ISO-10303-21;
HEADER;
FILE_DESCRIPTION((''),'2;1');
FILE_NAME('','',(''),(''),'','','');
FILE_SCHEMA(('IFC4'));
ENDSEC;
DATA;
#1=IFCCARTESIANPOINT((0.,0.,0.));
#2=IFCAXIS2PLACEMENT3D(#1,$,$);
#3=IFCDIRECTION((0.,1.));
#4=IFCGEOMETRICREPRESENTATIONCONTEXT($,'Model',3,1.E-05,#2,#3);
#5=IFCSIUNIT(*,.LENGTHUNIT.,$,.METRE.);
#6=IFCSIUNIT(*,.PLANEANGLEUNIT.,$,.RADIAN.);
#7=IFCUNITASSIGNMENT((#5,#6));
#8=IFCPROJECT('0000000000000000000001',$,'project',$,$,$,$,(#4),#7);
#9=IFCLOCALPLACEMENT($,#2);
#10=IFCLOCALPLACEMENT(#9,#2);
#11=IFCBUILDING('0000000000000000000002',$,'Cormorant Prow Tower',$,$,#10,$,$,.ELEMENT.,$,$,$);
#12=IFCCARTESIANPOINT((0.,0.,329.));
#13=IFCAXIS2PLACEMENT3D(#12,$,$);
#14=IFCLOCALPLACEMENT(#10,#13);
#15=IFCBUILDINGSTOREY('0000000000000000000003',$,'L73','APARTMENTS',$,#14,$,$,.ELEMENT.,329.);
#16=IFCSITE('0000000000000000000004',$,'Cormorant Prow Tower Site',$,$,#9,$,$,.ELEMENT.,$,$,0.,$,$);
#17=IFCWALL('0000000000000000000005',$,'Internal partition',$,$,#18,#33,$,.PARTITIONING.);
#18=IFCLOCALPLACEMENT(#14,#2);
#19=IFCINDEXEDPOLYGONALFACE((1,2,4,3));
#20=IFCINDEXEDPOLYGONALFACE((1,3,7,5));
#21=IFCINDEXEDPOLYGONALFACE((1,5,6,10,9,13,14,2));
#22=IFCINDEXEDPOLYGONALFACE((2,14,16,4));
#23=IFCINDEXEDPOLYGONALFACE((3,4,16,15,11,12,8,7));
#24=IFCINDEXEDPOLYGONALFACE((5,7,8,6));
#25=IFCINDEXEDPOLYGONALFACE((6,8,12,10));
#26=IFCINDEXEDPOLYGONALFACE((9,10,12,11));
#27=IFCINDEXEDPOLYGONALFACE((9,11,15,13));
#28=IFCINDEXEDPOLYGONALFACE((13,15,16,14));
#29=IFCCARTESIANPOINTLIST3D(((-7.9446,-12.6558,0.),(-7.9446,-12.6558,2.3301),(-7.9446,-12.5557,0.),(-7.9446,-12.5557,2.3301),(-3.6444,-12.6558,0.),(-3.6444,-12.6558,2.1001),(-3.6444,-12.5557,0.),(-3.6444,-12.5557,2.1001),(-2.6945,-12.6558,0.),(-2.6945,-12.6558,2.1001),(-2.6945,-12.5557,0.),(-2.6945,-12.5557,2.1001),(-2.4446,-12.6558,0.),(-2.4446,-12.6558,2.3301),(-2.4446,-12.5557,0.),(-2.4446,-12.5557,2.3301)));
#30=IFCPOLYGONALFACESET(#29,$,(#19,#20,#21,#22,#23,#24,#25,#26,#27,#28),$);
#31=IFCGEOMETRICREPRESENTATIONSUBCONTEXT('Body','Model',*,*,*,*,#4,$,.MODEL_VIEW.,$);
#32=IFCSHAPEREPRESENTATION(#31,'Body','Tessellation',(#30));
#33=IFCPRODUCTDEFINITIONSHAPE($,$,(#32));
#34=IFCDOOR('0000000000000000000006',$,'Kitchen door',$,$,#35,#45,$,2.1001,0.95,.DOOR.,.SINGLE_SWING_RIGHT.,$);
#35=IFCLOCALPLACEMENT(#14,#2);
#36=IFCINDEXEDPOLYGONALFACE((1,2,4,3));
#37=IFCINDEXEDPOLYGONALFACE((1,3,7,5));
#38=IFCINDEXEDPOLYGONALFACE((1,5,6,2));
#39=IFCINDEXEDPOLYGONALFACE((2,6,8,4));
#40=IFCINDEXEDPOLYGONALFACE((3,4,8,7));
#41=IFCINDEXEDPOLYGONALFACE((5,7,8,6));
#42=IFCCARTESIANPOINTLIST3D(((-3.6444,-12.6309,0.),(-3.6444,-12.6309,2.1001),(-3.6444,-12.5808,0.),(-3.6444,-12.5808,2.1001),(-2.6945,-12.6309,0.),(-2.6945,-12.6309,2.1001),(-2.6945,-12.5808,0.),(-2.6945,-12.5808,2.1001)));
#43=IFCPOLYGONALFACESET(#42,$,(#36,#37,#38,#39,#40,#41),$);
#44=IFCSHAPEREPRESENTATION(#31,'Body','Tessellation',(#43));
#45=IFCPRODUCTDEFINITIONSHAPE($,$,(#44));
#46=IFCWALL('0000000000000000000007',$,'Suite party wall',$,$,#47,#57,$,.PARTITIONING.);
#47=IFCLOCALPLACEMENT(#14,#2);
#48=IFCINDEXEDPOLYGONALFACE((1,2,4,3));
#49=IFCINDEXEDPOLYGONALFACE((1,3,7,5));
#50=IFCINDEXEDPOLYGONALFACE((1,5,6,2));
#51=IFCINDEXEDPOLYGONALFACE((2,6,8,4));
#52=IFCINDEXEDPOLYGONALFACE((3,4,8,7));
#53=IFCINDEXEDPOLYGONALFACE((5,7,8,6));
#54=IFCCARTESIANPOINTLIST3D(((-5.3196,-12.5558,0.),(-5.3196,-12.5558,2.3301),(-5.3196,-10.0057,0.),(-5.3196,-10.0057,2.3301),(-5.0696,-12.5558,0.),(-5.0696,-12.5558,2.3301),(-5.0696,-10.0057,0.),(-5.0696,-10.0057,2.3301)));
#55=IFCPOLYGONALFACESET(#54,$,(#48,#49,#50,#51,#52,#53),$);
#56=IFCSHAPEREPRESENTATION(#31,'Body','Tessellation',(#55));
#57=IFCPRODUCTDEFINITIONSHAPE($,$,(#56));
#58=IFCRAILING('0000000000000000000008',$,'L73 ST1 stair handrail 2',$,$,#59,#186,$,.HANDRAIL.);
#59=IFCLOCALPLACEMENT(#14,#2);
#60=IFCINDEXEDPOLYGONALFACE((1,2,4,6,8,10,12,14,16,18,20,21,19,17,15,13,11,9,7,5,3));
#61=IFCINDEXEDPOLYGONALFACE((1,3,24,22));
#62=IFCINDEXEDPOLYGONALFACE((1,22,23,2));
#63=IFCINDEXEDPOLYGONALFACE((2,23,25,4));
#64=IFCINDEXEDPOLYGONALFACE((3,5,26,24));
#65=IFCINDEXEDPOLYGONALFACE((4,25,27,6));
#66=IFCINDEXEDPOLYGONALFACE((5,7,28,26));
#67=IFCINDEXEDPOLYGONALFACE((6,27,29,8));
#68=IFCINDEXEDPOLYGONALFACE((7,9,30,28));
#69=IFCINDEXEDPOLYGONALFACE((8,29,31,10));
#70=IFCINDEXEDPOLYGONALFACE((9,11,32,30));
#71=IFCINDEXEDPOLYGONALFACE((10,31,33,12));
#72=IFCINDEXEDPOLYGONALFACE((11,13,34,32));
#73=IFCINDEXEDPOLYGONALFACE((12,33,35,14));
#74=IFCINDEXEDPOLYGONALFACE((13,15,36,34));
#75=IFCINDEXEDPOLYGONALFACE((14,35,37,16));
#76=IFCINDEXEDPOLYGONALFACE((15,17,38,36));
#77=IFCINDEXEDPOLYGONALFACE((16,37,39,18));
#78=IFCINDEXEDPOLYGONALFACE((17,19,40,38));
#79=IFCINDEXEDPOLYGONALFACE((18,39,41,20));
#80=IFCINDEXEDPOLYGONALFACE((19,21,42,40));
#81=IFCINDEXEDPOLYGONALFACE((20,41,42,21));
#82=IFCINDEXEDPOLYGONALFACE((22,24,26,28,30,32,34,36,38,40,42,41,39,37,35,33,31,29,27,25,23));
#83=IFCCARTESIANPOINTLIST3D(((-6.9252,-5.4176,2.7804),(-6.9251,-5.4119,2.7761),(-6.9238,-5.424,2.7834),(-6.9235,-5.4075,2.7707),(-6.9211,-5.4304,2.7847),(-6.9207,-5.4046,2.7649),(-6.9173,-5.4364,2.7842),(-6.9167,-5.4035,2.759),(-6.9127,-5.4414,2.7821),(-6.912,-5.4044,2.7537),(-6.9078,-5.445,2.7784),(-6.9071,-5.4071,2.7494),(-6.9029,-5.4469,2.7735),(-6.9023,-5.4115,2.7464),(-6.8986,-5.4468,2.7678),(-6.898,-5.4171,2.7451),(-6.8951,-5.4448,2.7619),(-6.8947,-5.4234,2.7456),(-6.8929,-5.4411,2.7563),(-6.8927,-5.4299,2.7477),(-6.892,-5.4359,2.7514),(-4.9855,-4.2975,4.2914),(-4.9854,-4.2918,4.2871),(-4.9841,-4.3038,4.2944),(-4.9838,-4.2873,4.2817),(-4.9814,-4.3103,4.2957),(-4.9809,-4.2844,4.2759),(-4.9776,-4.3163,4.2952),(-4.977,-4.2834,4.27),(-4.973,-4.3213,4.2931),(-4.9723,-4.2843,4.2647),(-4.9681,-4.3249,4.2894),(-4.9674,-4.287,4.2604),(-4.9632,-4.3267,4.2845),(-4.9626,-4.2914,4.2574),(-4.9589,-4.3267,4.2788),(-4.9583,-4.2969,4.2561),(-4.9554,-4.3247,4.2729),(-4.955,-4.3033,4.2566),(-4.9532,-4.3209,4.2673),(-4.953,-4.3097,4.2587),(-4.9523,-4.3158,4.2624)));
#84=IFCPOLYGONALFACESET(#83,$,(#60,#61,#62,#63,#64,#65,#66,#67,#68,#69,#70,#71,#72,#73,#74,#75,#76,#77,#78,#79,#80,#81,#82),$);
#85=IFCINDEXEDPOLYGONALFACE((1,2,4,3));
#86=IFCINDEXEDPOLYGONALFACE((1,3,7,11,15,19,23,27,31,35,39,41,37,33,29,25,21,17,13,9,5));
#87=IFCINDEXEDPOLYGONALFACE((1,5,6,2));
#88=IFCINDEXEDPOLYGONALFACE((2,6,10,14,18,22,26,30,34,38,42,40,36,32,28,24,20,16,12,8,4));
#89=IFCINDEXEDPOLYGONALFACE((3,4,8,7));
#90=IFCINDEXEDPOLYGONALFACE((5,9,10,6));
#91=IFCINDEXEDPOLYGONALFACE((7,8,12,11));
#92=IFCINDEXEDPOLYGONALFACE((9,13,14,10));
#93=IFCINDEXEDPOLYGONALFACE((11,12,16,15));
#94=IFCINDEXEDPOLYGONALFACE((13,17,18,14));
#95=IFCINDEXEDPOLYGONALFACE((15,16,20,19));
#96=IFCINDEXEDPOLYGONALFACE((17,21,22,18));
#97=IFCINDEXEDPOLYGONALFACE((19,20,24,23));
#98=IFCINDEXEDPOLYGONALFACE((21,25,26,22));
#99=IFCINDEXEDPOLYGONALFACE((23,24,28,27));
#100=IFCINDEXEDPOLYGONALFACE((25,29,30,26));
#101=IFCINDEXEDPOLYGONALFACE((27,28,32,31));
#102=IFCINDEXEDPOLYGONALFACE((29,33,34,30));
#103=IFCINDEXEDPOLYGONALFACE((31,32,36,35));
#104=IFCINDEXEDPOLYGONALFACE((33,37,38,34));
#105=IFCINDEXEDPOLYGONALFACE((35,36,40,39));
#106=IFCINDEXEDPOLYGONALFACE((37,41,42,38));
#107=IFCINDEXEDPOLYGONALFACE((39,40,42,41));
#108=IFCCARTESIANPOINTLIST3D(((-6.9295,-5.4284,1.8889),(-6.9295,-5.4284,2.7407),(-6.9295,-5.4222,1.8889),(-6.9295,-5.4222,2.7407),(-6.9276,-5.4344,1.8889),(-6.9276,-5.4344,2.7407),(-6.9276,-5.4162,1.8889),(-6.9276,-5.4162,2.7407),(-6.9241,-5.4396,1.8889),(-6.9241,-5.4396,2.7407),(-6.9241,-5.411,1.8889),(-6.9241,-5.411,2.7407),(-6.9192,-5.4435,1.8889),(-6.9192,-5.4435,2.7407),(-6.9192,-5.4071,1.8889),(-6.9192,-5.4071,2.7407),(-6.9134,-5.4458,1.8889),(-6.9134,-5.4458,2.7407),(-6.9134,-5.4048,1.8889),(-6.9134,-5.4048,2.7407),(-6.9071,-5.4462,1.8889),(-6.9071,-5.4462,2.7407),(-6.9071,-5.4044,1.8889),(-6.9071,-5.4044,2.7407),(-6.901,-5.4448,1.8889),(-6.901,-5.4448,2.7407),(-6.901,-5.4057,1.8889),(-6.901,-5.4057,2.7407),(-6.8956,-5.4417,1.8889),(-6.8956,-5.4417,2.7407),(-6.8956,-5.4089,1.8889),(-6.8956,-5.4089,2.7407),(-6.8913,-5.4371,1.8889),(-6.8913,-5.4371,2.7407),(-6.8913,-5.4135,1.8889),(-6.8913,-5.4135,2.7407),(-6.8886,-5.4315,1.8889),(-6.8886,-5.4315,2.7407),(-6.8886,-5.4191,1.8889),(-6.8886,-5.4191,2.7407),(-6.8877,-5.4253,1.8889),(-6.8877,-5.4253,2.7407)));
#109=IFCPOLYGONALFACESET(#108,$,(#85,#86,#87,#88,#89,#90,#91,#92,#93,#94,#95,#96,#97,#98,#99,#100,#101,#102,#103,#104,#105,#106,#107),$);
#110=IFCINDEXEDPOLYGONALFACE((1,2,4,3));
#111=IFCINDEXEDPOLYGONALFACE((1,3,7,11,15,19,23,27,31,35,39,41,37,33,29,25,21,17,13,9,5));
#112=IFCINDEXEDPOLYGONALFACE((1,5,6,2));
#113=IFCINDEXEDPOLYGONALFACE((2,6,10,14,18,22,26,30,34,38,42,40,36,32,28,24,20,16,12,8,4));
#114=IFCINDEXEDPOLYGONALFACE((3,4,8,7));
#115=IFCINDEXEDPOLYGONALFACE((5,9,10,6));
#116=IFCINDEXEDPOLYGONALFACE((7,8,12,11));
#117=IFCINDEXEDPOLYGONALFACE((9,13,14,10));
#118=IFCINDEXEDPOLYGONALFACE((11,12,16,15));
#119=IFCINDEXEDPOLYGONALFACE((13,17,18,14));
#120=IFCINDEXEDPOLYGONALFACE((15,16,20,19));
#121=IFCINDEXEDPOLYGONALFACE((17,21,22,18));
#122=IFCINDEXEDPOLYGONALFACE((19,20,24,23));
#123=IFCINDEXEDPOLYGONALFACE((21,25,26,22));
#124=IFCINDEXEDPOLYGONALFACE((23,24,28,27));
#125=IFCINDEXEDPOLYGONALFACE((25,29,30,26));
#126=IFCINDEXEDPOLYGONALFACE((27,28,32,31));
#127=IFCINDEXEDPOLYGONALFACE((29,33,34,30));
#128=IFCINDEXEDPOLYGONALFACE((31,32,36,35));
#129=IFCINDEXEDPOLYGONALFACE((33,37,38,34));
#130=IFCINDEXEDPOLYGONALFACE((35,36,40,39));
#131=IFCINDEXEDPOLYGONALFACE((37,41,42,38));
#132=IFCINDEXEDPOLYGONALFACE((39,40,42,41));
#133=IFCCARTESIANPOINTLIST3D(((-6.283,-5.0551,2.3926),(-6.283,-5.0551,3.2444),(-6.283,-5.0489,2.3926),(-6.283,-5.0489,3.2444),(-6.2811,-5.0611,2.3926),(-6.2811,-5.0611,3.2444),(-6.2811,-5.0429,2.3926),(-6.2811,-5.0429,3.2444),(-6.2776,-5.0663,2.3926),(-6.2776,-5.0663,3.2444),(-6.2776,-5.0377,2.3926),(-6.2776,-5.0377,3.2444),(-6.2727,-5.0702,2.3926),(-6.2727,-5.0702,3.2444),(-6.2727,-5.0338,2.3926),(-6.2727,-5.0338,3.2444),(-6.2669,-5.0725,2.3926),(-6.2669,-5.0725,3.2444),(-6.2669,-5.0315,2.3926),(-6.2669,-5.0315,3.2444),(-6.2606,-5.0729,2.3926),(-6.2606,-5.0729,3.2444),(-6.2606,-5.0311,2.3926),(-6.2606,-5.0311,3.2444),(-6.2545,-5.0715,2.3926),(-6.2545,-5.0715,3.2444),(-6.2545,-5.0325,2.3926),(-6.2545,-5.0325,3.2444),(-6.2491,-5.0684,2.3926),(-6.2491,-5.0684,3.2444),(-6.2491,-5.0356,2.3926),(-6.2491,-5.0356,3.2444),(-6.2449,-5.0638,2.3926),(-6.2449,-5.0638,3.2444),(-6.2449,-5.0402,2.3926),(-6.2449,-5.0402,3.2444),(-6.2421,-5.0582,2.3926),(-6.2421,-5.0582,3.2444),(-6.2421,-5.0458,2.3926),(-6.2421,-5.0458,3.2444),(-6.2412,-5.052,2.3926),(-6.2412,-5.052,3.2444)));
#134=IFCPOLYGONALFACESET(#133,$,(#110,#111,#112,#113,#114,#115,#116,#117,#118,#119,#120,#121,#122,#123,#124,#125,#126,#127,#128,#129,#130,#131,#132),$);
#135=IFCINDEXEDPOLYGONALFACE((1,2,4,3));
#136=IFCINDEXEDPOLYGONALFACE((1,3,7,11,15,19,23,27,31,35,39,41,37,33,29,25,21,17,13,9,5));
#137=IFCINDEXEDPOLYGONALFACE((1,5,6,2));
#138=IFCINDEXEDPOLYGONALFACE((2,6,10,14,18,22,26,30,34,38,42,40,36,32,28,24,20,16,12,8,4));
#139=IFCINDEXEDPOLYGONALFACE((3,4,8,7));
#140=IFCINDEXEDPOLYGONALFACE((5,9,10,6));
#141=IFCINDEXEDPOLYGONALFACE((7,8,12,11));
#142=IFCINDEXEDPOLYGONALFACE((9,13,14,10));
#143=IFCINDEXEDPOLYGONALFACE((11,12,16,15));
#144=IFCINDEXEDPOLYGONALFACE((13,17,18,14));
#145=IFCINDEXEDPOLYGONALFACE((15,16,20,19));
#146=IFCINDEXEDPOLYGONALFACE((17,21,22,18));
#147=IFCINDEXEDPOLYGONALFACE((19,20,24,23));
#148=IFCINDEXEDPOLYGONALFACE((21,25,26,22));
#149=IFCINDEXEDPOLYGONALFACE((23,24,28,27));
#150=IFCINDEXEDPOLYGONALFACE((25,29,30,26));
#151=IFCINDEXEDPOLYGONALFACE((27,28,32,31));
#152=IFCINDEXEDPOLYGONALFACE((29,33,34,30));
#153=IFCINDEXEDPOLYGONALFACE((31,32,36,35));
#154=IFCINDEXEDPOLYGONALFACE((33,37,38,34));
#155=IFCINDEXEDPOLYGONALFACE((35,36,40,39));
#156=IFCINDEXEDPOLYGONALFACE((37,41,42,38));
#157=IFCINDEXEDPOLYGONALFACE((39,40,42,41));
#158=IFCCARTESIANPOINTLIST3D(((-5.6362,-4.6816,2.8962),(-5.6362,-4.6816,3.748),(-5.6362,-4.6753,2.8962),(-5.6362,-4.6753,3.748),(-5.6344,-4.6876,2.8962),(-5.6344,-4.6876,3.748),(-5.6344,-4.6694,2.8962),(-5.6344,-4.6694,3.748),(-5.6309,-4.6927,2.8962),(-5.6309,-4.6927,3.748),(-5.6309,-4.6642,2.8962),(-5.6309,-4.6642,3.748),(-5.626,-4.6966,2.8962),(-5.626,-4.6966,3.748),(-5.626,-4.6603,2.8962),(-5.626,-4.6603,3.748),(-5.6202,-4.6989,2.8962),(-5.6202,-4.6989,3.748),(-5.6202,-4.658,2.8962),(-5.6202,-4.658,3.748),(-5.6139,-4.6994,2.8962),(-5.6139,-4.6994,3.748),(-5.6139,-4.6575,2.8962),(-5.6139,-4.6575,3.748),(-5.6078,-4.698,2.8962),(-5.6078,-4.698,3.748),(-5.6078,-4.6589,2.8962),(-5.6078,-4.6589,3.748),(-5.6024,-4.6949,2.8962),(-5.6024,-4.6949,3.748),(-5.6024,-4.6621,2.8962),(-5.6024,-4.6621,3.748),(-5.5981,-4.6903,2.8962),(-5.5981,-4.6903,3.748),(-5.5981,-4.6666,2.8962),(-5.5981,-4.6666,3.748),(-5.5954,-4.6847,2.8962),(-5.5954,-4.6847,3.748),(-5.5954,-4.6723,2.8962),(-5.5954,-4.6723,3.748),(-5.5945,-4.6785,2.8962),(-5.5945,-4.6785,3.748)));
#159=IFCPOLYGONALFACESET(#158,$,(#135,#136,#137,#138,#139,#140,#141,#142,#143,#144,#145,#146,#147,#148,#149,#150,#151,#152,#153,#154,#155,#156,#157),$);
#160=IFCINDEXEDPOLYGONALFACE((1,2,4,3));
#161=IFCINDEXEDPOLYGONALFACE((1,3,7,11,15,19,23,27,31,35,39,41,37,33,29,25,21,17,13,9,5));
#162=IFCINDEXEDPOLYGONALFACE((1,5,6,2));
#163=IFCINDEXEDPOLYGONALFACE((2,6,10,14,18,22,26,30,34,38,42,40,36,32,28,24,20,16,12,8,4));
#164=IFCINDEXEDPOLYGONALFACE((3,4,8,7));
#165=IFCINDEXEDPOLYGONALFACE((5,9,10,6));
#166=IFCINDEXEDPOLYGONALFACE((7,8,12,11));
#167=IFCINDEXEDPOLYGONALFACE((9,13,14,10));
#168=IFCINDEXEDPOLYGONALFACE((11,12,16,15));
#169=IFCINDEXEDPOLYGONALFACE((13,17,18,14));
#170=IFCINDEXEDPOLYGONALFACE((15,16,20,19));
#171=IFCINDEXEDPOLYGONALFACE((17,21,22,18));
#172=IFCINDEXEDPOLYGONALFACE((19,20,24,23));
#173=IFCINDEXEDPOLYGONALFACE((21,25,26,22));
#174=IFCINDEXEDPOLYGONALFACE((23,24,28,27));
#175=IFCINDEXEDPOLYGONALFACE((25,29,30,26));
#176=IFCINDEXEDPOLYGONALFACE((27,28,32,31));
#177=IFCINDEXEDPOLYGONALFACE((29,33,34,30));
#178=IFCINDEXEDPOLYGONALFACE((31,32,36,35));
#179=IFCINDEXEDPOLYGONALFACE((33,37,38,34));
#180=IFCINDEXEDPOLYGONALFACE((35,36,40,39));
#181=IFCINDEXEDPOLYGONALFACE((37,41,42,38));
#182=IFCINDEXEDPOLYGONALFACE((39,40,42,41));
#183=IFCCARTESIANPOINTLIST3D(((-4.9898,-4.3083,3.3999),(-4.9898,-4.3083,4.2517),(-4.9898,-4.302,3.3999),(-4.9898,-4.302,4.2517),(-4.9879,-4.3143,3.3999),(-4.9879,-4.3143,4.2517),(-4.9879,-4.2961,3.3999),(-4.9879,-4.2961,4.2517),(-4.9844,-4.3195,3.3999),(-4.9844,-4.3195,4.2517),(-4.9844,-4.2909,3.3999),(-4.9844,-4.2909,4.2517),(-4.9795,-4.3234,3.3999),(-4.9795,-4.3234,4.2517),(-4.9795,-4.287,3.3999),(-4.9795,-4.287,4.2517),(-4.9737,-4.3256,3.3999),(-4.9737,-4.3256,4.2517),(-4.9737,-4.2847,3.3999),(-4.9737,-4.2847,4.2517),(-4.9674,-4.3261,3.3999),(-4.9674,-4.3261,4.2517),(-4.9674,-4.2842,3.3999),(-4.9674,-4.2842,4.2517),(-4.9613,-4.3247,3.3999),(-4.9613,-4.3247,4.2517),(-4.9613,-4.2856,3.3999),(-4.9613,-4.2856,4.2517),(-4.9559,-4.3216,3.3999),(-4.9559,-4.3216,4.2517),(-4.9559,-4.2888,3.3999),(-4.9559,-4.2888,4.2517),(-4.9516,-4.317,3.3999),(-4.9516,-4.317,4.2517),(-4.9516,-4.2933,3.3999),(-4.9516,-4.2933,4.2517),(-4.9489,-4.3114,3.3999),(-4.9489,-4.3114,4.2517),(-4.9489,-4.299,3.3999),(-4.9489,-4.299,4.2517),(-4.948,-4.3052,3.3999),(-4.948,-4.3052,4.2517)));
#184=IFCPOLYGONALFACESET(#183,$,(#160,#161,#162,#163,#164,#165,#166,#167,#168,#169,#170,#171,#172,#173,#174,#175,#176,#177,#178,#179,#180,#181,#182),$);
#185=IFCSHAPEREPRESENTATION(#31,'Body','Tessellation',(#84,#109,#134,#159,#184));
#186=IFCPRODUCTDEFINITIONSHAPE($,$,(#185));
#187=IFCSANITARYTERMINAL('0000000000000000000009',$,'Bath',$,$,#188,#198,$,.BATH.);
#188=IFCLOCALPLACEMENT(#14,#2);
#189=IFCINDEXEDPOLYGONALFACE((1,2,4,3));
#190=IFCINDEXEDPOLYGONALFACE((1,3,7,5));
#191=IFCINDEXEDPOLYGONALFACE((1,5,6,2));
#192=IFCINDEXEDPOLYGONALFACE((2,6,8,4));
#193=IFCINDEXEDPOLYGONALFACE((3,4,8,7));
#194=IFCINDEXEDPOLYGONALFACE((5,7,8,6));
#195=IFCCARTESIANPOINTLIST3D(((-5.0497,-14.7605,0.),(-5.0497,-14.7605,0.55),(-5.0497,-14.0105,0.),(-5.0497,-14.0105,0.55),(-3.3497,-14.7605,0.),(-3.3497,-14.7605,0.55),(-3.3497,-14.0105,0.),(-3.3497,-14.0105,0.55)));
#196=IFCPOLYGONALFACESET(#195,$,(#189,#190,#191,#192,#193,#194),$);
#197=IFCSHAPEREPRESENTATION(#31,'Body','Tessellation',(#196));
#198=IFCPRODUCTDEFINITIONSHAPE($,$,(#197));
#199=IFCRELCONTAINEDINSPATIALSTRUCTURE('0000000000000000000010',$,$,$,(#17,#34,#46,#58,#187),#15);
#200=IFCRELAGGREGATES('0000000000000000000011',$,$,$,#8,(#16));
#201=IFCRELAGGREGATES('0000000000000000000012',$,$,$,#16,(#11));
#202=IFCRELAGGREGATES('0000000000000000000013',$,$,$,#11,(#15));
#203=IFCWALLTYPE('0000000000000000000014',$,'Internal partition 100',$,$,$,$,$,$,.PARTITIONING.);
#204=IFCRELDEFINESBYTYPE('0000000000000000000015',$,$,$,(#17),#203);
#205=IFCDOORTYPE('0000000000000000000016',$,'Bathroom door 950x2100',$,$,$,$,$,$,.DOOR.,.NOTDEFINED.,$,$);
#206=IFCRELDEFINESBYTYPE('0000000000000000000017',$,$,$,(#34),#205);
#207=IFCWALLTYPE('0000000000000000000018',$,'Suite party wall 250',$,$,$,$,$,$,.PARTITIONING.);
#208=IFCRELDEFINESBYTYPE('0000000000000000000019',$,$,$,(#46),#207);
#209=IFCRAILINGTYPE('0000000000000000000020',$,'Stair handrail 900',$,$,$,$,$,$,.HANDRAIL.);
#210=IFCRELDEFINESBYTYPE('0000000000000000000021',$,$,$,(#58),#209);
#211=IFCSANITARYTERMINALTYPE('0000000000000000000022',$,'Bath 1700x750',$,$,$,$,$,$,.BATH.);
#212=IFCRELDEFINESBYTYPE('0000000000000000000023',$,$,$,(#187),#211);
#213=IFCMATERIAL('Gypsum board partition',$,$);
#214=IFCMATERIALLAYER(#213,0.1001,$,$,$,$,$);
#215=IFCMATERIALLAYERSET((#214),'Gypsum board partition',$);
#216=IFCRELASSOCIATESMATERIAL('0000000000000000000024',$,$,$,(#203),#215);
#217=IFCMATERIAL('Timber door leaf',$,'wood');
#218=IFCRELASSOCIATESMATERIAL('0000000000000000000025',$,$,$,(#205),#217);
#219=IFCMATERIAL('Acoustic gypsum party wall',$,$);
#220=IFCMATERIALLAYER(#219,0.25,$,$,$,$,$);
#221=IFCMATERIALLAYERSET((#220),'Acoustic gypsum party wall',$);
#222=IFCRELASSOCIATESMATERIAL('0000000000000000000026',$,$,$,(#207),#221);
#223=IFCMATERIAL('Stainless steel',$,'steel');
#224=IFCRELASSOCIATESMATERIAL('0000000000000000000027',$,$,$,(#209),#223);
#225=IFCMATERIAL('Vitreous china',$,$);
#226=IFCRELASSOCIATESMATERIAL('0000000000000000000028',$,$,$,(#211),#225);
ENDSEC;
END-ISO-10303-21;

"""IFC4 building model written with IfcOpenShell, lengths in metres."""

from ifc_helpers import new_model, si_unit, direction, frame, frame_2d, origin, origin_2d, place, context, subcontext, project, spatial, rectangle, circle, extrude, material, layer, layer_set, type_object, element, fill, save


model = new_model("IFC4")

# Units and contexts
model_context = context("Model", 3, precision=1e-05, world=origin(), true_north=direction((0.0, 1.0)))
body_context = subcontext(model_context, "Body", "Model", "MODEL_VIEW")
ifc_project = project(units=[si_unit("LENGTHUNIT", "METRE"), si_unit("PLANEANGLEUNIT", "RADIAN")], contexts=[model_context])

# Site, building, storey
site_placement = place(None, origin())
site = spatial("IfcSite", under=ifc_project, at=site_placement, Name="Cormorant Prow Tower Site", CompositionType="ELEMENT", RefElevation=0.0)
building_placement = place(site_placement, origin())
building = spatial("IfcBuilding", under=site, at=building_placement, Name="Cormorant Prow Tower", CompositionType="ELEMENT")
storey_placement = place(building_placement, frame((0.0, 0.0, 329.0)))
storey = spatial("IfcBuildingStorey", under=building, at=storey_placement, Name="L73", Description="APARTMENTS", CompositionType="ELEMENT", Elevation=329.0)

# Wall, opening, door
ifc_material_1 = material(Name="Gypsum board partition")
ifc_layer_1 = layer(ifc_material_1, 0.1001)
ifc_layer_set_1 = layer_set([ifc_layer_1], Name="Gypsum board partition")
wall_type_1 = type_object("IfcWallType", Name="Internal partition 100", PredefinedType="PARTITIONING", material=ifc_layer_set_1)
wall_1_placement = place(storey_placement, frame((-7.9446, -12.6057, 0.0), z_axis=(0.0, 0.0, 1.0), x_axis=(1.0, 0.0, 0.0)))
wall_1 = element("IfcWall", 1, at=wall_1_placement, inside=storey, type_object=wall_type_1, Name="Internal partition", PredefinedType="PARTITIONING", context=body_context, shape_type="SweptSolid", body=[
    extrude(rectangle(XDim=5.5, YDim=0.1001, at=frame_2d((2.75, 0.0))), origin(), (0.0, 0.0, 1.0), 2.3301),
])
opening_1_placement = place(wall_1_placement, frame((4.3, 0.0, 0.0)))
opening_1 = element("IfcOpeningElement", 2, at=opening_1_placement, cuts=wall_1, PredefinedType="OPENING", context=body_context, shape_type="SweptSolid", body=[
    extrude(rectangle(XDim=0.95, YDim=2.1001, at=frame_2d((0.4751, 1.05))), frame((0.0, 0.0601, 0.0), z_axis=(0.0, -1.0, 0.0), x_axis=(1.0, 0.0, 0.0)), (0.0, 0.0, 1.0), 0.1201),
])
ifc_material_2 = material(Name="Timber door leaf", Category="wood")
door_type_1 = type_object("IfcDoorType", Name="Bathroom door 950x2100", OperationType="NOTDEFINED", PredefinedType="DOOR", material=ifc_material_2)
door_1_placement = place(opening_1_placement, origin())
door_1 = element("IfcDoor", 3, at=door_1_placement, inside=storey, type_object=door_type_1, Name="Kitchen door", OperationType="SINGLE_SWING_RIGHT", OverallHeight=2.1001, OverallWidth=0.95, PredefinedType="DOOR", context=body_context, shape_type="SweptSolid", body=[
    extrude(rectangle(XDim=0.95, YDim=2.1001, at=frame_2d((0.4751, 1.05))), frame((0.0, 0.0249, 0.0), z_axis=(0.0, -1.0, 0.0), x_axis=(1.0, 0.0, 0.0)), (0.0, 0.0, 1.0), 0.05),
])
fill(opening_1, door_1)

# Wall
ifc_material_3 = material(Name="Acoustic gypsum party wall")
ifc_layer_2 = layer(ifc_material_3, 0.25)
ifc_layer_set_2 = layer_set([ifc_layer_2], Name="Acoustic gypsum party wall")
wall_type_2 = type_object("IfcWallType", Name="Suite party wall 250", PredefinedType="PARTITIONING", material=ifc_layer_set_2)
wall_2_placement = place(storey_placement, frame((-5.1946, -12.5557, 0.0), z_axis=(0.0, 0.0, 1.0), x_axis=(0.0, 1.0, 0.0)))
element("IfcWall", 4, at=wall_2_placement, inside=storey, type_object=wall_type_2, Name="Suite party wall", PredefinedType="PARTITIONING", context=body_context, shape_type="SweptSolid", body=[
    extrude(rectangle(XDim=2.55, YDim=0.25, at=frame_2d((1.2749, 0.0))), origin(), (0.0, 0.0, 1.0), 2.3301),
])

# Railing
ifc_material_4 = material(Name="Stainless steel", Category="steel")
railing_type = type_object("IfcRailingType", Name="Stair handrail 900", PredefinedType="HANDRAIL", material=ifc_material_4)
railing_placement = place(storey_placement, frame((-6.9087, -5.4253, 1.8889)))
element("IfcRailing", 5, at=railing_placement, inside=storey, type_object=railing_type, Name="L73 ST1 stair handrail 2", PredefinedType="HANDRAIL", context=body_context, shape_type="SweptSolid", body=[
    extrude(circle(Radius=0.0239, at=origin_2d()), frame((0.0, 0.0, 0.876), z_axis=(0.717906, 0.414569, 0.559235), x_axis=(-0.500078, 0.86598, 0.0)), (0.0, 0.0, 1.0), 2.7019),
    extrude(circle(Radius=0.021, at=origin_2d()), origin(), (0.0, 0.0, 1.0), 0.8518),
    extrude(circle(Radius=0.021, at=origin_2d()), frame((0.6465, 0.3733, 0.5037)), (0.0, 0.0, 1.0), 0.8518),
    extrude(circle(Radius=0.021, at=origin_2d()), frame((1.2932, 0.7468, 1.0073)), (0.0, 0.0, 1.0), 0.8518),
    extrude(circle(Radius=0.021, at=origin_2d()), frame((1.9397, 1.1201, 1.511)), (0.0, 0.0, 1.0), 0.8518),
])

# Sanitary terminal
ifc_material_5 = material(Name="Vitreous china")
sanitary_terminal_type_1 = type_object("IfcSanitaryTerminalType", Name="Bath 1700x750", PredefinedType="BATH", material=ifc_material_5)
sanitary_terminal_1_placement = place(storey_placement, frame((-4.1997, -14.3855, 0.0), z_axis=(0.0, 0.0, 1.0), x_axis=(1.0, 0.0, 0.0)))
element("IfcSanitaryTerminal", 6, at=sanitary_terminal_1_placement, inside=storey, type_object=sanitary_terminal_type_1, Name="Bath", PredefinedType="BATH", context=body_context, shape_type="SweptSolid", body=[
    extrude(rectangle(XDim=1.7, YDim=0.75, at=origin_2d()), origin(), (0.0, 0.0, 1.0), 0.55),
])

save(model, "model.ifc")
